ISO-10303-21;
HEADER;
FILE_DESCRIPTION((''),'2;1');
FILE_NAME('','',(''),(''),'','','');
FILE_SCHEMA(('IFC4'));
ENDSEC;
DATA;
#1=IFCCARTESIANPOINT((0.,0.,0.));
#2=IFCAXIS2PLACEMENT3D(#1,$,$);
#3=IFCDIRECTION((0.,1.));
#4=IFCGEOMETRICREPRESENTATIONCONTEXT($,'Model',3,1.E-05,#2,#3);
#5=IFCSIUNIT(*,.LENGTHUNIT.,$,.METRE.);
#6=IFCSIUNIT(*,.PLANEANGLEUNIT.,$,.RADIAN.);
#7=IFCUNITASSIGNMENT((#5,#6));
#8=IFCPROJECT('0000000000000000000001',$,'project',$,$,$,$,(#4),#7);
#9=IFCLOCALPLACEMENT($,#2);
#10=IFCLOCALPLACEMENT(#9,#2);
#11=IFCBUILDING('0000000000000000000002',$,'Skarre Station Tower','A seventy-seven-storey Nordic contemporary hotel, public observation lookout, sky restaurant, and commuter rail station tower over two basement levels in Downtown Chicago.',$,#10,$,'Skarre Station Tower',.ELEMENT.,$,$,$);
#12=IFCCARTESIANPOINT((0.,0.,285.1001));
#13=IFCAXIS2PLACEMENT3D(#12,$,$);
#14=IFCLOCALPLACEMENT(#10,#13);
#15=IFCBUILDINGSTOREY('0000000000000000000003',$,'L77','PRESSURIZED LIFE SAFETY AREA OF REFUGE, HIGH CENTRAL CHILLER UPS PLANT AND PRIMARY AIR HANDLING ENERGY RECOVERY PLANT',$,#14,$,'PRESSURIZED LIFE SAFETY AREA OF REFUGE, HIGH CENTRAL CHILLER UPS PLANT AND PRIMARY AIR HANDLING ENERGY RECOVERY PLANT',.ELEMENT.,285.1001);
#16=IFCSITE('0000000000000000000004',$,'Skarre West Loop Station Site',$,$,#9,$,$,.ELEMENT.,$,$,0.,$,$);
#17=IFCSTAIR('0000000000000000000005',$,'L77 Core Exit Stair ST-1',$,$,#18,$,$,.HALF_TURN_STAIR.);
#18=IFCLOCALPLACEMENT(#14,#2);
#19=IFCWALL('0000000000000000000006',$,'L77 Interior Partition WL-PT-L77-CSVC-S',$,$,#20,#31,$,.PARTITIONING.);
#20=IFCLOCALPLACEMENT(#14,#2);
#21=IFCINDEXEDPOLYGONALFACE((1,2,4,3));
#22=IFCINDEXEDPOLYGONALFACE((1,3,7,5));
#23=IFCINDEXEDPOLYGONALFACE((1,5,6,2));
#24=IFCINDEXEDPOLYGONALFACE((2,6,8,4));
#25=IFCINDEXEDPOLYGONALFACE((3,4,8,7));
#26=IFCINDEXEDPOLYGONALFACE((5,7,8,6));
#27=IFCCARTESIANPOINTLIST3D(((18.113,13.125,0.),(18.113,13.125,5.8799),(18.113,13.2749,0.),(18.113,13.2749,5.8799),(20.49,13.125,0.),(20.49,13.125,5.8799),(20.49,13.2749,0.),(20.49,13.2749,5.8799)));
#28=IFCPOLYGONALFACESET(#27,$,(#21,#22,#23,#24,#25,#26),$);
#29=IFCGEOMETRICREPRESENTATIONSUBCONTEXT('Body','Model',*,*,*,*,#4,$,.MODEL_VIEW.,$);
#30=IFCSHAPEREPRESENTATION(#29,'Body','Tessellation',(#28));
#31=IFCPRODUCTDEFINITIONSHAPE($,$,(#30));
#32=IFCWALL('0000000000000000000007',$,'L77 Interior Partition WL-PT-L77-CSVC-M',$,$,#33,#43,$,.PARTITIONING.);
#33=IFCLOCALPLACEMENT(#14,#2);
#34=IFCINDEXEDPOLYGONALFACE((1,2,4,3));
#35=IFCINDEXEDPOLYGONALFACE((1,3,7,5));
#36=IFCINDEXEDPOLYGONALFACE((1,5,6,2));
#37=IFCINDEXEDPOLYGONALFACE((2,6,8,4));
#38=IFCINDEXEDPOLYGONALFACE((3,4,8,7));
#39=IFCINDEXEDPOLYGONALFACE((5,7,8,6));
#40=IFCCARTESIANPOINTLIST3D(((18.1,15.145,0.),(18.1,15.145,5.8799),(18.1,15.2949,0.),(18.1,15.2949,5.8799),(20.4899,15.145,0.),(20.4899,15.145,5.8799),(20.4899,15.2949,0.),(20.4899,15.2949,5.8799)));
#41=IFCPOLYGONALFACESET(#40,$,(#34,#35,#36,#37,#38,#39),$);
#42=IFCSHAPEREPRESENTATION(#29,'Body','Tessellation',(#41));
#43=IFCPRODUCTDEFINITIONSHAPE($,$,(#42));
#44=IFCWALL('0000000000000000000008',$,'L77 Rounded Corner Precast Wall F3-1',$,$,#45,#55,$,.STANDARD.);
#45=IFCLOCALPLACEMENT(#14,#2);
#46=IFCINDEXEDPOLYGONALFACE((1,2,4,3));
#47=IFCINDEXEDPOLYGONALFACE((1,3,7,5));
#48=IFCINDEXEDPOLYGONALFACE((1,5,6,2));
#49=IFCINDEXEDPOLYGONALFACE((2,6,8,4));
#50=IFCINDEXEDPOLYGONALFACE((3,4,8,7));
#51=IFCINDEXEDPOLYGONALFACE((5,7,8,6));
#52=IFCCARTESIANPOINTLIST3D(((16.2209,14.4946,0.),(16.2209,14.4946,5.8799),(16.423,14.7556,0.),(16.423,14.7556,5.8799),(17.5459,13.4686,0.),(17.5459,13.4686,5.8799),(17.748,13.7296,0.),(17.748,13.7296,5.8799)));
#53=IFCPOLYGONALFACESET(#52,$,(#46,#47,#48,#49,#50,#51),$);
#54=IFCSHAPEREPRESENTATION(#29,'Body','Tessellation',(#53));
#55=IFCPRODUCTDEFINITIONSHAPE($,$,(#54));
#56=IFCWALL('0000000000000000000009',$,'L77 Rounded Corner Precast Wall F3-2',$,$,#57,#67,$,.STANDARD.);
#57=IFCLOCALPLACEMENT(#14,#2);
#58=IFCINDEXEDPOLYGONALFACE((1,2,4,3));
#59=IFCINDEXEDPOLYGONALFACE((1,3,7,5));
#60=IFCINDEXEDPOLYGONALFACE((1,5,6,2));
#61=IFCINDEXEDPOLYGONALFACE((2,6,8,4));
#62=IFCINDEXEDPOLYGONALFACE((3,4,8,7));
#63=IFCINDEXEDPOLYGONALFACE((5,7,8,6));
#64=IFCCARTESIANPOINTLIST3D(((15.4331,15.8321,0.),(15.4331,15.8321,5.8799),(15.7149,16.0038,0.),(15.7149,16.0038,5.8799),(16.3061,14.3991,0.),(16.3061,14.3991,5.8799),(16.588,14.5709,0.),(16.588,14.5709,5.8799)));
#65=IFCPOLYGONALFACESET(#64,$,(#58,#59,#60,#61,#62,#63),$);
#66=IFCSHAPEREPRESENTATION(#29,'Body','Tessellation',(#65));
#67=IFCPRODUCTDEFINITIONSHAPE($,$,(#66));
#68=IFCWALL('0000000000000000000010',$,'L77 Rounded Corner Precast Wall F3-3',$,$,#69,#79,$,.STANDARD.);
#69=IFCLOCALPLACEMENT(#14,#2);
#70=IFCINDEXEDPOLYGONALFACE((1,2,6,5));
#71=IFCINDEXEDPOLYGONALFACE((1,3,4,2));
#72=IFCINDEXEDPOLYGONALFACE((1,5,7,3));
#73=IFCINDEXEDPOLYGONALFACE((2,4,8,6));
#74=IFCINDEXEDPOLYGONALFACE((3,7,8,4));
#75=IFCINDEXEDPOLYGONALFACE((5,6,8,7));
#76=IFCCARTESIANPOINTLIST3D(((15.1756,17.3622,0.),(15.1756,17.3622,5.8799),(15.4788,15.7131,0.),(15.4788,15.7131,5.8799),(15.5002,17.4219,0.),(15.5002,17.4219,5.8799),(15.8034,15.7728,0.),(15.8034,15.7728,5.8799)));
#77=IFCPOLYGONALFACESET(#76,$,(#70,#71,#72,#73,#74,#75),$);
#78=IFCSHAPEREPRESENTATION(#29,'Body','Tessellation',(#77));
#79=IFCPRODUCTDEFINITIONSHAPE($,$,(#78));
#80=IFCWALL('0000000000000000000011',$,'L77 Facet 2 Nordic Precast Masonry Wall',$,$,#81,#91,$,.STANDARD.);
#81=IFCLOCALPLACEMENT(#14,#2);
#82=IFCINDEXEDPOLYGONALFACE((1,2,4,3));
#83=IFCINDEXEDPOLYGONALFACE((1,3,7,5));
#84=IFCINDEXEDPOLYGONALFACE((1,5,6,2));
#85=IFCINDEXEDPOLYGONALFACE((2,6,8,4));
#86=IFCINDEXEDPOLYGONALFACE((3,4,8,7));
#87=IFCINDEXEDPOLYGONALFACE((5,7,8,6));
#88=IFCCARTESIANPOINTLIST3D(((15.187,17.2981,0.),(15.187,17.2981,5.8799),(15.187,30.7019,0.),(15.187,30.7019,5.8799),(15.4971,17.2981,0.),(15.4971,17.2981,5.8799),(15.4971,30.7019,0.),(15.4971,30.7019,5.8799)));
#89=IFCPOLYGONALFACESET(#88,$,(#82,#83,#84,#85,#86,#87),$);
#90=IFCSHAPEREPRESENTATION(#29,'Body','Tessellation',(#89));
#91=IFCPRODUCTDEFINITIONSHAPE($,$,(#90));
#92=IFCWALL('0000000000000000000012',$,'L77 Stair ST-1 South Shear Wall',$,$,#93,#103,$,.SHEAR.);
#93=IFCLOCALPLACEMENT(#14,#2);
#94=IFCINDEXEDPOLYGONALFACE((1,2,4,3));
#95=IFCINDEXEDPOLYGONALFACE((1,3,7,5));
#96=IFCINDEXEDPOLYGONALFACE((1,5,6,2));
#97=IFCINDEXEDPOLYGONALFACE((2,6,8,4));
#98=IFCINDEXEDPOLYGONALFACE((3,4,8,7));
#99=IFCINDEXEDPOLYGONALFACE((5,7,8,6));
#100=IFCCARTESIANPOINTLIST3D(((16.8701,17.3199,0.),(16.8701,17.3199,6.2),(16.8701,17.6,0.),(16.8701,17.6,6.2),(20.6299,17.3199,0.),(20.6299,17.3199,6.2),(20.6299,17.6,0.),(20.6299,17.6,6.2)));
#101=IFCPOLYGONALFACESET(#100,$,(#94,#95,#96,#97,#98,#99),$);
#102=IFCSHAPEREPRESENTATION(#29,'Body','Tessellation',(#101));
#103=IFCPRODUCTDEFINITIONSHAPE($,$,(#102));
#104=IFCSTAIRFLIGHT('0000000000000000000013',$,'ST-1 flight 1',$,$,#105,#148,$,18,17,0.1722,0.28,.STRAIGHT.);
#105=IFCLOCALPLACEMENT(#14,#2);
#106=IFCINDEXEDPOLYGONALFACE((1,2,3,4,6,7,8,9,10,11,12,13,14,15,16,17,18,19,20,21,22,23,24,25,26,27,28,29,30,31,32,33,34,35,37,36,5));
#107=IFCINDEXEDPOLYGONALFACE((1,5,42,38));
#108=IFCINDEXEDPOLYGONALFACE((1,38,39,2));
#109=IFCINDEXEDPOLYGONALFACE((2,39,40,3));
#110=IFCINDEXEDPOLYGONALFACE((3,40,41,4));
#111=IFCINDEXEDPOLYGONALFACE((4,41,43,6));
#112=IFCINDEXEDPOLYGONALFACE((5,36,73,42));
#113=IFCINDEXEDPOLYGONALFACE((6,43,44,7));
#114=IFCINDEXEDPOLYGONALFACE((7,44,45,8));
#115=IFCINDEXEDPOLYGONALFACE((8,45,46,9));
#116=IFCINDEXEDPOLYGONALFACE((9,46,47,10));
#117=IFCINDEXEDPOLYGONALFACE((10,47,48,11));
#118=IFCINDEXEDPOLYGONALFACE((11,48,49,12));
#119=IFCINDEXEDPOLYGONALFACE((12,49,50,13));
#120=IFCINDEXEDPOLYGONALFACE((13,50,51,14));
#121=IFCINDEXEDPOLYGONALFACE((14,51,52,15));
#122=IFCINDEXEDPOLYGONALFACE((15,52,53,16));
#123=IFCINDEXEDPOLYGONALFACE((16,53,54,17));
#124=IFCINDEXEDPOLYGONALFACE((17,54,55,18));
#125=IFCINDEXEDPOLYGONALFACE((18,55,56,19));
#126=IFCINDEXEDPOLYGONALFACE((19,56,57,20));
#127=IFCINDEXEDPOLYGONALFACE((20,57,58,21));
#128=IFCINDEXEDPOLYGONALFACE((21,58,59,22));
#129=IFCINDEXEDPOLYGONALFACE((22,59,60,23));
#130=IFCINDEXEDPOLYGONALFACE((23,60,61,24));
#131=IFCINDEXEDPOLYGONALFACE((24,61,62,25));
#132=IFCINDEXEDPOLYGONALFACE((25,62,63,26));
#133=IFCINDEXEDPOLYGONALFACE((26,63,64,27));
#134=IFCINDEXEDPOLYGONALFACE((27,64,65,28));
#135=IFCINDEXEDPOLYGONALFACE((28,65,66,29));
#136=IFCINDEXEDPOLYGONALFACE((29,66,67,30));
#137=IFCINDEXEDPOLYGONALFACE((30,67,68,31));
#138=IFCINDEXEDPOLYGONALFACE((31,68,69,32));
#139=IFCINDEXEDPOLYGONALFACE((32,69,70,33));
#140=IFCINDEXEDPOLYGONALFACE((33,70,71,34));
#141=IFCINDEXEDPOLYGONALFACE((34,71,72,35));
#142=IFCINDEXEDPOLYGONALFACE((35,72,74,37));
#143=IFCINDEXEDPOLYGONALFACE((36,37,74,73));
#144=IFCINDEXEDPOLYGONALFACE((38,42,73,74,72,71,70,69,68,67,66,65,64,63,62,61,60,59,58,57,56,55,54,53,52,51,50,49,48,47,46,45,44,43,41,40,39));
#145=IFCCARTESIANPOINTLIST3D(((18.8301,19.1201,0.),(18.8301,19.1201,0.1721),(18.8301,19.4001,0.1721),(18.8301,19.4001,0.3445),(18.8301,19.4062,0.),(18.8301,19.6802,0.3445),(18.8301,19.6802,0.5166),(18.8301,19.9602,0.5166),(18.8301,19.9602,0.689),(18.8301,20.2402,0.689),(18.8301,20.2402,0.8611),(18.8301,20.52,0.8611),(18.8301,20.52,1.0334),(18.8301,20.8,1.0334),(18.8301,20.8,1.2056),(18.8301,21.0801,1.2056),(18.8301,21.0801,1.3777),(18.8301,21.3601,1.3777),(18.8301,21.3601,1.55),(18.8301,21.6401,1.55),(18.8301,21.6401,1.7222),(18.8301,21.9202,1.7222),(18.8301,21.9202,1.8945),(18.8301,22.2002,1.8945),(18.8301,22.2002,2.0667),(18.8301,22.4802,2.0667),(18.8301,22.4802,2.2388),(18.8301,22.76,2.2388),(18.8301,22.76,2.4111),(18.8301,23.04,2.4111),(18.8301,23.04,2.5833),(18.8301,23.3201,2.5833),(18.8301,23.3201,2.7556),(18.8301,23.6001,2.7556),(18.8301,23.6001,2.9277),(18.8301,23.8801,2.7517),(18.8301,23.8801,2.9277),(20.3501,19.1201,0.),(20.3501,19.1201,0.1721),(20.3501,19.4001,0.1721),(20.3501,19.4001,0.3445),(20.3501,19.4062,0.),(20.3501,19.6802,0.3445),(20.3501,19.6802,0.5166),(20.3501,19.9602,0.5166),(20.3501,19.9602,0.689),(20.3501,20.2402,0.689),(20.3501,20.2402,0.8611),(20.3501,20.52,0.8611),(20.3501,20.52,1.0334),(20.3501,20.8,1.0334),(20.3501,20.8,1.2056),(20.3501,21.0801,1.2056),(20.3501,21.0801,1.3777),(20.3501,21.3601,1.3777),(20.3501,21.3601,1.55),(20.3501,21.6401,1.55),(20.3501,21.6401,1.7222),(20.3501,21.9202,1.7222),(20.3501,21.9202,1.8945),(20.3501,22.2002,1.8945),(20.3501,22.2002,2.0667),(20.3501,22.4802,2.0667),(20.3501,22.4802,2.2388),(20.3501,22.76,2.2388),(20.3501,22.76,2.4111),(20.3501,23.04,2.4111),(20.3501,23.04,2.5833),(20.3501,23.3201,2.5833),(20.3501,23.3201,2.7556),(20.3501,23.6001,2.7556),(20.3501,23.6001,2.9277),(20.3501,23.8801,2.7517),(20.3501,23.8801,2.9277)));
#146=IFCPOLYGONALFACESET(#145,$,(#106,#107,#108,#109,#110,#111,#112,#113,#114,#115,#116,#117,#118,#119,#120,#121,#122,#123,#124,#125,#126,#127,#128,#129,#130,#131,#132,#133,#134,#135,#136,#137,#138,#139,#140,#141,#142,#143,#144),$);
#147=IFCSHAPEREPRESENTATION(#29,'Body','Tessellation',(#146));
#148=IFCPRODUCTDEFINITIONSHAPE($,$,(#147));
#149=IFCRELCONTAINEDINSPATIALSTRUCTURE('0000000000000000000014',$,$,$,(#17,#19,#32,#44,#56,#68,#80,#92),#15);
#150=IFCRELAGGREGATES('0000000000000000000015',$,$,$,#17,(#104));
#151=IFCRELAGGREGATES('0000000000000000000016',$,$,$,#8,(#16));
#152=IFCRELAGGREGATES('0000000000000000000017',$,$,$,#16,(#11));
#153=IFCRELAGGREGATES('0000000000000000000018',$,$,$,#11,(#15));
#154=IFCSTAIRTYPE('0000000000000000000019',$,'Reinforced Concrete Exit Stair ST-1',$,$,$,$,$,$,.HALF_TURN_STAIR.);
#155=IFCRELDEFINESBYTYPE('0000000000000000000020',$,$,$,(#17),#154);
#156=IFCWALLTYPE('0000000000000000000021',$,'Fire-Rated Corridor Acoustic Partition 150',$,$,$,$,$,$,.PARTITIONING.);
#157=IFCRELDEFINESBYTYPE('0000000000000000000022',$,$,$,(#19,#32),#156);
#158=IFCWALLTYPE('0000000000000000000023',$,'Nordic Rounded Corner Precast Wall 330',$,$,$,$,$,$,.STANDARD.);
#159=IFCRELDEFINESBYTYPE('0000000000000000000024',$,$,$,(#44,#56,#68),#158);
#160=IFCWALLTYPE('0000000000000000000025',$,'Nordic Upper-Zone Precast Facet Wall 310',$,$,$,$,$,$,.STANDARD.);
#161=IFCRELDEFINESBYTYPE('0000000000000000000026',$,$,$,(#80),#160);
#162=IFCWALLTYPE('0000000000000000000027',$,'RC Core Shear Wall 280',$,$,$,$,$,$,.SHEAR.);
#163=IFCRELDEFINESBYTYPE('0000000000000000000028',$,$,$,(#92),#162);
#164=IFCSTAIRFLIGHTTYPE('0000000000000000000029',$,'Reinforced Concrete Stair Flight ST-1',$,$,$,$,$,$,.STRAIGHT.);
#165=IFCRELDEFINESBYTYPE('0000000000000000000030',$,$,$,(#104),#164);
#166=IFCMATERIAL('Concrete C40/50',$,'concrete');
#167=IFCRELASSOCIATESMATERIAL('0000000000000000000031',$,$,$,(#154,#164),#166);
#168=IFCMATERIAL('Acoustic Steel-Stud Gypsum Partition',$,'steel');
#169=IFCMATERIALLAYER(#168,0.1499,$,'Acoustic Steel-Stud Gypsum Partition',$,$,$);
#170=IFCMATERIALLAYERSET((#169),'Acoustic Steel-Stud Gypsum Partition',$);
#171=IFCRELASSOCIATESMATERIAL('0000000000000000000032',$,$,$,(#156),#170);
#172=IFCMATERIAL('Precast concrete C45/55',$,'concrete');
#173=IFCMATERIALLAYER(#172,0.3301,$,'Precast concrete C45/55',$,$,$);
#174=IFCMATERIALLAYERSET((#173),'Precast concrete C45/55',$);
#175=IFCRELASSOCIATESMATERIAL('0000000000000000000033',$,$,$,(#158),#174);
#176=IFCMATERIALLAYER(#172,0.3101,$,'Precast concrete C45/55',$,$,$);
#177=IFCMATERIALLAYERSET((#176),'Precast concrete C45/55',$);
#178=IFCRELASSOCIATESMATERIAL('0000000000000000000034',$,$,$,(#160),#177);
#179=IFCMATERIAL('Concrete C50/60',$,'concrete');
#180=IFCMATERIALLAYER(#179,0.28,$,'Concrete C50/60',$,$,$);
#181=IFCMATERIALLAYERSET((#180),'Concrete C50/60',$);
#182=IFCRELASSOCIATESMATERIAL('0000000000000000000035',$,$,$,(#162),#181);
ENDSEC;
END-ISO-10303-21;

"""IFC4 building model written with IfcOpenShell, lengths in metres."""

from ifc_helpers import new_model, si_unit, direction, frame, frame_2d, origin, place, context, subcontext, project, spatial, polyline, rectangle, outline, extrude, material, layer, layer_set, type_object, element, aggregate, save


model = new_model("IFC4")

# Units and contexts
model_context = context("Model", 3, precision=1e-05, world=origin(), true_north=direction((0.0, 1.0)))
body_context = subcontext(model_context, "Body", "Model", "MODEL_VIEW")
ifc_project = project(units=[si_unit("LENGTHUNIT", "METRE"), si_unit("PLANEANGLEUNIT", "RADIAN")], contexts=[model_context])

# Site, building, storey
site_placement = place(None, origin())
site = spatial("IfcSite", under=ifc_project, at=site_placement, Name="Skarre West Loop Station Site", CompositionType="ELEMENT", RefElevation=0.0)
building_placement = place(site_placement, origin())
building = spatial("IfcBuilding", under=site, at=building_placement, Name="Skarre Station Tower", Description="A seventy-seven-storey Nordic contemporary hotel, public observation lookout, sky restaurant, and commuter rail station tower over two basement levels in Downtown Chicago.", LongName="Skarre Station Tower", CompositionType="ELEMENT")
storey_placement = place(building_placement, frame((0.0, 0.0, 285.1001)))
storey = spatial("IfcBuildingStorey", under=building, at=storey_placement, Name="L77", Description="PRESSURIZED LIFE SAFETY AREA OF REFUGE, HIGH CENTRAL CHILLER UPS PLANT AND PRIMARY AIR HANDLING ENERGY RECOVERY PLANT", LongName="PRESSURIZED LIFE SAFETY AREA OF REFUGE, HIGH CENTRAL CHILLER UPS PLANT AND PRIMARY AIR HANDLING ENERGY RECOVERY PLANT", CompositionType="ELEMENT", Elevation=285.1001)

# Shared definitions
ifc_material_1 = material(Name="Concrete C50/60", Category="concrete")

# Stair
ifc_material_2 = material(Name="Concrete C40/50", Category="concrete")
stair_type = type_object("IfcStairType", Name="Reinforced Concrete Exit Stair ST-1", PredefinedType="HALF_TURN_STAIR", material=ifc_material_2)
stair_placement = place(storey_placement, origin())
stair = element("IfcStair", 1, at=stair_placement, inside=storey, type_object=stair_type, Name="L77 Core Exit Stair ST-1", PredefinedType="HALF_TURN_STAIR")

# Walls
ifc_material_3 = material(Name="Acoustic Steel-Stud Gypsum Partition", Category="steel")
ifc_layer_1 = layer(ifc_material_3, 0.1499, Name="Acoustic Steel-Stud Gypsum Partition")
ifc_layer_set_1 = layer_set([ifc_layer_1], Name="Acoustic Steel-Stud Gypsum Partition")
wall_type_1 = type_object("IfcWallType", Name="Fire-Rated Corridor Acoustic Partition 150", PredefinedType="PARTITIONING", material=ifc_layer_set_1)
wall_1_placement = place(storey_placement, frame((18.113, 13.2, 0.0), z_axis=(0.0, 0.0, 1.0), x_axis=(1.0, 0.0, 0.0)))
element("IfcWall", 2, at=wall_1_placement, inside=storey, type_object=wall_type_1, Name="L77 Interior Partition WL-PT-L77-CSVC-S", PredefinedType="PARTITIONING", context=body_context, shape_type="SweptSolid", body=[
    extrude(rectangle(XDim=2.377, YDim=0.1499, at=frame_2d((1.1885, 0.0))), origin(), (0.0, 0.0, 1.0), 5.8799),
])
wall_2_placement = place(storey_placement, frame((18.1001, 15.22, 0.0), z_axis=(0.0, 0.0, 1.0), x_axis=(1.0, 0.0, 0.0)))
element("IfcWall", 3, at=wall_2_placement, inside=storey, type_object=wall_type_1, Name="L77 Interior Partition WL-PT-L77-CSVC-M", PredefinedType="PARTITIONING", context=body_context, shape_type="SweptSolid", body=[
    extrude(rectangle(XDim=2.3899, YDim=0.1499, at=frame_2d((1.1948, 0.0))), origin(), (0.0, 0.0, 1.0), 5.8799),
])
ifc_material_4 = material(Name="Precast concrete C45/55", Category="concrete")
ifc_layer_2 = layer(ifc_material_4, 0.3301, Name="Precast concrete C45/55")
ifc_layer_set_2 = layer_set([ifc_layer_2], Name="Precast concrete C45/55")
wall_type_2 = type_object("IfcWallType", Name="Nordic Rounded Corner Precast Wall 330", PredefinedType="STANDARD", material=ifc_layer_set_2)
wall_3_placement = place(storey_placement, frame((17.647, 13.5991, 0.0), z_axis=(0.0, 0.0, 1.0), x_axis=(-0.790692, 0.612214, 0.0)))
element("IfcWall", 4, at=wall_3_placement, inside=storey, type_object=wall_type_2, Name="L77 Rounded Corner Precast Wall F3-1", PredefinedType="STANDARD", context=body_context, shape_type="SweptSolid", body=[
    extrude(rectangle(XDim=1.6758, YDim=0.3301, at=frame_2d((0.8379, 0.0))), origin(), (0.0, 0.0, 1.0), 5.8799),
])
wall_4_placement = place(storey_placement, frame((16.447, 14.4851, 0.0), z_axis=(0.0, 0.0, 1.0), x_axis=(-0.520325, 0.853968, 0.0)))
element("IfcWall", 5, at=wall_4_placement, inside=storey, type_object=wall_type_2, Name="L77 Rounded Corner Precast Wall F3-2", PredefinedType="STANDARD", context=body_context, shape_type="SweptSolid", body=[
    extrude(rectangle(XDim=1.678, YDim=0.3301, at=frame_2d((0.8389, 0.0))), origin(), (0.0, 0.0, 1.0), 5.8799),
])
wall_5_placement = place(storey_placement, frame((15.6411, 15.7429, 0.0), z_axis=(0.0, 0.0, 1.0), x_axis=(-0.180833, 0.983514, 0.0)))
element("IfcWall", 6, at=wall_5_placement, inside=storey, type_object=wall_type_2, Name="L77 Rounded Corner Precast Wall F3-3", PredefinedType="STANDARD", context=body_context, shape_type="SweptSolid", body=[
    extrude(rectangle(XDim=1.6768, YDim=0.3301, at=frame_2d((0.8384, 0.0))), origin(), (0.0, 0.0, 1.0), 5.8799),
])
ifc_layer_3 = layer(ifc_material_4, 0.3101, Name="Precast concrete C45/55")
ifc_layer_set_3 = layer_set([ifc_layer_3], Name="Precast concrete C45/55")
wall_type_3 = type_object("IfcWallType", Name="Nordic Upper-Zone Precast Facet Wall 310", PredefinedType="STANDARD", material=ifc_layer_set_3)
wall_6_placement = place(storey_placement, frame((15.342, 17.2981, 0.0), z_axis=(0.0, 0.0, 1.0), x_axis=(0.0, 1.0, 0.0)))
element("IfcWall", 7, at=wall_6_placement, inside=storey, type_object=wall_type_3, Name="L77 Facet 2 Nordic Precast Masonry Wall", PredefinedType="STANDARD", context=body_context, shape_type="SweptSolid", body=[
    extrude(rectangle(XDim=13.4038, YDim=0.3101, at=frame_2d((6.7019, 0.0))), origin(), (0.0, 0.0, 1.0), 5.8799),
])
ifc_layer_4 = layer(ifc_material_1, 0.28, Name="Concrete C50/60")
ifc_layer_set_4 = layer_set([ifc_layer_4], Name="Concrete C50/60")
wall_type_4 = type_object("IfcWallType", Name="RC Core Shear Wall 280", PredefinedType="SHEAR", material=ifc_layer_set_4)
wall_7_placement = place(storey_placement, frame((16.8701, 17.46, 0.0), z_axis=(0.0, 0.0, 1.0), x_axis=(1.0, 0.0, 0.0)))
element("IfcWall", 8, at=wall_7_placement, inside=storey, type_object=wall_type_4, Name="L77 Stair ST-1 South Shear Wall", PredefinedType="SHEAR", context=body_context, shape_type="SweptSolid", body=[
    extrude(rectangle(XDim=3.7598, YDim=0.28, at=frame_2d((1.8799, 0.0))), origin(), (0.0, 0.0, 1.0), 6.2),
])

# Stair flight
stair_flight_type = type_object("IfcStairFlightType", Name="Reinforced Concrete Stair Flight ST-1", PredefinedType="STRAIGHT", material=ifc_material_2)
stair_flight_placement = place(storey_placement, frame((19.5901, 19.1201, 0.0), z_axis=(0.0, 0.0, 1.0), x_axis=(0.0, 1.0, 0.0)))
stair_flight = element("IfcStairFlight", 9, at=stair_flight_placement, type_object=stair_flight_type, Name="ST-1 flight 1", NumberOfRisers=18, NumberOfTreads=17, PredefinedType="STRAIGHT", RiserHeight=0.1722, TreadLength=0.28, context=body_context, shape_type="SweptSolid", body=[
    extrude(outline(polyline([(0.0, 0.0), (0.0, 0.1721), (0.28, 0.1721), (0.28, 0.3445), (0.5601, 0.3445), (0.5601, 0.5166), (0.8401, 0.5166), (0.8401, 0.689), (1.1201, 0.689), (1.1201, 0.8611), (1.3999, 0.8611), (1.3999, 1.0334), (1.6799, 1.0334), (1.6799, 1.2056), (1.96, 1.2056), (1.96, 1.3777), (2.24, 1.3777), (2.24, 1.55), (2.52, 1.55), (2.52, 1.7222), (2.8, 1.7222), (2.8, 1.8945), (3.0801, 1.8945), (3.0801, 2.0667), (3.3601, 2.0667), (3.3601, 2.2388), (3.6399, 2.2388), (3.6399, 2.4111), (3.9199, 2.4111), (3.9199, 2.5833), (4.2, 2.5833), (4.2, 2.7556), (4.48, 2.7556), (4.48, 2.9277), (4.76, 2.9277), (4.76, 3.1001), (4.76, 2.7517), (0.2861, 0.0), (0.0, 0.0)])), frame((0.0, 0.76, 0.0), z_axis=(0.0, -1.0, 0.0), x_axis=(1.0, 0.0, 0.0)), (0.0, 0.0, 1.0), 1.52),
])
aggregate(stair, [stair_flight])

save(model, "model.ifc")
